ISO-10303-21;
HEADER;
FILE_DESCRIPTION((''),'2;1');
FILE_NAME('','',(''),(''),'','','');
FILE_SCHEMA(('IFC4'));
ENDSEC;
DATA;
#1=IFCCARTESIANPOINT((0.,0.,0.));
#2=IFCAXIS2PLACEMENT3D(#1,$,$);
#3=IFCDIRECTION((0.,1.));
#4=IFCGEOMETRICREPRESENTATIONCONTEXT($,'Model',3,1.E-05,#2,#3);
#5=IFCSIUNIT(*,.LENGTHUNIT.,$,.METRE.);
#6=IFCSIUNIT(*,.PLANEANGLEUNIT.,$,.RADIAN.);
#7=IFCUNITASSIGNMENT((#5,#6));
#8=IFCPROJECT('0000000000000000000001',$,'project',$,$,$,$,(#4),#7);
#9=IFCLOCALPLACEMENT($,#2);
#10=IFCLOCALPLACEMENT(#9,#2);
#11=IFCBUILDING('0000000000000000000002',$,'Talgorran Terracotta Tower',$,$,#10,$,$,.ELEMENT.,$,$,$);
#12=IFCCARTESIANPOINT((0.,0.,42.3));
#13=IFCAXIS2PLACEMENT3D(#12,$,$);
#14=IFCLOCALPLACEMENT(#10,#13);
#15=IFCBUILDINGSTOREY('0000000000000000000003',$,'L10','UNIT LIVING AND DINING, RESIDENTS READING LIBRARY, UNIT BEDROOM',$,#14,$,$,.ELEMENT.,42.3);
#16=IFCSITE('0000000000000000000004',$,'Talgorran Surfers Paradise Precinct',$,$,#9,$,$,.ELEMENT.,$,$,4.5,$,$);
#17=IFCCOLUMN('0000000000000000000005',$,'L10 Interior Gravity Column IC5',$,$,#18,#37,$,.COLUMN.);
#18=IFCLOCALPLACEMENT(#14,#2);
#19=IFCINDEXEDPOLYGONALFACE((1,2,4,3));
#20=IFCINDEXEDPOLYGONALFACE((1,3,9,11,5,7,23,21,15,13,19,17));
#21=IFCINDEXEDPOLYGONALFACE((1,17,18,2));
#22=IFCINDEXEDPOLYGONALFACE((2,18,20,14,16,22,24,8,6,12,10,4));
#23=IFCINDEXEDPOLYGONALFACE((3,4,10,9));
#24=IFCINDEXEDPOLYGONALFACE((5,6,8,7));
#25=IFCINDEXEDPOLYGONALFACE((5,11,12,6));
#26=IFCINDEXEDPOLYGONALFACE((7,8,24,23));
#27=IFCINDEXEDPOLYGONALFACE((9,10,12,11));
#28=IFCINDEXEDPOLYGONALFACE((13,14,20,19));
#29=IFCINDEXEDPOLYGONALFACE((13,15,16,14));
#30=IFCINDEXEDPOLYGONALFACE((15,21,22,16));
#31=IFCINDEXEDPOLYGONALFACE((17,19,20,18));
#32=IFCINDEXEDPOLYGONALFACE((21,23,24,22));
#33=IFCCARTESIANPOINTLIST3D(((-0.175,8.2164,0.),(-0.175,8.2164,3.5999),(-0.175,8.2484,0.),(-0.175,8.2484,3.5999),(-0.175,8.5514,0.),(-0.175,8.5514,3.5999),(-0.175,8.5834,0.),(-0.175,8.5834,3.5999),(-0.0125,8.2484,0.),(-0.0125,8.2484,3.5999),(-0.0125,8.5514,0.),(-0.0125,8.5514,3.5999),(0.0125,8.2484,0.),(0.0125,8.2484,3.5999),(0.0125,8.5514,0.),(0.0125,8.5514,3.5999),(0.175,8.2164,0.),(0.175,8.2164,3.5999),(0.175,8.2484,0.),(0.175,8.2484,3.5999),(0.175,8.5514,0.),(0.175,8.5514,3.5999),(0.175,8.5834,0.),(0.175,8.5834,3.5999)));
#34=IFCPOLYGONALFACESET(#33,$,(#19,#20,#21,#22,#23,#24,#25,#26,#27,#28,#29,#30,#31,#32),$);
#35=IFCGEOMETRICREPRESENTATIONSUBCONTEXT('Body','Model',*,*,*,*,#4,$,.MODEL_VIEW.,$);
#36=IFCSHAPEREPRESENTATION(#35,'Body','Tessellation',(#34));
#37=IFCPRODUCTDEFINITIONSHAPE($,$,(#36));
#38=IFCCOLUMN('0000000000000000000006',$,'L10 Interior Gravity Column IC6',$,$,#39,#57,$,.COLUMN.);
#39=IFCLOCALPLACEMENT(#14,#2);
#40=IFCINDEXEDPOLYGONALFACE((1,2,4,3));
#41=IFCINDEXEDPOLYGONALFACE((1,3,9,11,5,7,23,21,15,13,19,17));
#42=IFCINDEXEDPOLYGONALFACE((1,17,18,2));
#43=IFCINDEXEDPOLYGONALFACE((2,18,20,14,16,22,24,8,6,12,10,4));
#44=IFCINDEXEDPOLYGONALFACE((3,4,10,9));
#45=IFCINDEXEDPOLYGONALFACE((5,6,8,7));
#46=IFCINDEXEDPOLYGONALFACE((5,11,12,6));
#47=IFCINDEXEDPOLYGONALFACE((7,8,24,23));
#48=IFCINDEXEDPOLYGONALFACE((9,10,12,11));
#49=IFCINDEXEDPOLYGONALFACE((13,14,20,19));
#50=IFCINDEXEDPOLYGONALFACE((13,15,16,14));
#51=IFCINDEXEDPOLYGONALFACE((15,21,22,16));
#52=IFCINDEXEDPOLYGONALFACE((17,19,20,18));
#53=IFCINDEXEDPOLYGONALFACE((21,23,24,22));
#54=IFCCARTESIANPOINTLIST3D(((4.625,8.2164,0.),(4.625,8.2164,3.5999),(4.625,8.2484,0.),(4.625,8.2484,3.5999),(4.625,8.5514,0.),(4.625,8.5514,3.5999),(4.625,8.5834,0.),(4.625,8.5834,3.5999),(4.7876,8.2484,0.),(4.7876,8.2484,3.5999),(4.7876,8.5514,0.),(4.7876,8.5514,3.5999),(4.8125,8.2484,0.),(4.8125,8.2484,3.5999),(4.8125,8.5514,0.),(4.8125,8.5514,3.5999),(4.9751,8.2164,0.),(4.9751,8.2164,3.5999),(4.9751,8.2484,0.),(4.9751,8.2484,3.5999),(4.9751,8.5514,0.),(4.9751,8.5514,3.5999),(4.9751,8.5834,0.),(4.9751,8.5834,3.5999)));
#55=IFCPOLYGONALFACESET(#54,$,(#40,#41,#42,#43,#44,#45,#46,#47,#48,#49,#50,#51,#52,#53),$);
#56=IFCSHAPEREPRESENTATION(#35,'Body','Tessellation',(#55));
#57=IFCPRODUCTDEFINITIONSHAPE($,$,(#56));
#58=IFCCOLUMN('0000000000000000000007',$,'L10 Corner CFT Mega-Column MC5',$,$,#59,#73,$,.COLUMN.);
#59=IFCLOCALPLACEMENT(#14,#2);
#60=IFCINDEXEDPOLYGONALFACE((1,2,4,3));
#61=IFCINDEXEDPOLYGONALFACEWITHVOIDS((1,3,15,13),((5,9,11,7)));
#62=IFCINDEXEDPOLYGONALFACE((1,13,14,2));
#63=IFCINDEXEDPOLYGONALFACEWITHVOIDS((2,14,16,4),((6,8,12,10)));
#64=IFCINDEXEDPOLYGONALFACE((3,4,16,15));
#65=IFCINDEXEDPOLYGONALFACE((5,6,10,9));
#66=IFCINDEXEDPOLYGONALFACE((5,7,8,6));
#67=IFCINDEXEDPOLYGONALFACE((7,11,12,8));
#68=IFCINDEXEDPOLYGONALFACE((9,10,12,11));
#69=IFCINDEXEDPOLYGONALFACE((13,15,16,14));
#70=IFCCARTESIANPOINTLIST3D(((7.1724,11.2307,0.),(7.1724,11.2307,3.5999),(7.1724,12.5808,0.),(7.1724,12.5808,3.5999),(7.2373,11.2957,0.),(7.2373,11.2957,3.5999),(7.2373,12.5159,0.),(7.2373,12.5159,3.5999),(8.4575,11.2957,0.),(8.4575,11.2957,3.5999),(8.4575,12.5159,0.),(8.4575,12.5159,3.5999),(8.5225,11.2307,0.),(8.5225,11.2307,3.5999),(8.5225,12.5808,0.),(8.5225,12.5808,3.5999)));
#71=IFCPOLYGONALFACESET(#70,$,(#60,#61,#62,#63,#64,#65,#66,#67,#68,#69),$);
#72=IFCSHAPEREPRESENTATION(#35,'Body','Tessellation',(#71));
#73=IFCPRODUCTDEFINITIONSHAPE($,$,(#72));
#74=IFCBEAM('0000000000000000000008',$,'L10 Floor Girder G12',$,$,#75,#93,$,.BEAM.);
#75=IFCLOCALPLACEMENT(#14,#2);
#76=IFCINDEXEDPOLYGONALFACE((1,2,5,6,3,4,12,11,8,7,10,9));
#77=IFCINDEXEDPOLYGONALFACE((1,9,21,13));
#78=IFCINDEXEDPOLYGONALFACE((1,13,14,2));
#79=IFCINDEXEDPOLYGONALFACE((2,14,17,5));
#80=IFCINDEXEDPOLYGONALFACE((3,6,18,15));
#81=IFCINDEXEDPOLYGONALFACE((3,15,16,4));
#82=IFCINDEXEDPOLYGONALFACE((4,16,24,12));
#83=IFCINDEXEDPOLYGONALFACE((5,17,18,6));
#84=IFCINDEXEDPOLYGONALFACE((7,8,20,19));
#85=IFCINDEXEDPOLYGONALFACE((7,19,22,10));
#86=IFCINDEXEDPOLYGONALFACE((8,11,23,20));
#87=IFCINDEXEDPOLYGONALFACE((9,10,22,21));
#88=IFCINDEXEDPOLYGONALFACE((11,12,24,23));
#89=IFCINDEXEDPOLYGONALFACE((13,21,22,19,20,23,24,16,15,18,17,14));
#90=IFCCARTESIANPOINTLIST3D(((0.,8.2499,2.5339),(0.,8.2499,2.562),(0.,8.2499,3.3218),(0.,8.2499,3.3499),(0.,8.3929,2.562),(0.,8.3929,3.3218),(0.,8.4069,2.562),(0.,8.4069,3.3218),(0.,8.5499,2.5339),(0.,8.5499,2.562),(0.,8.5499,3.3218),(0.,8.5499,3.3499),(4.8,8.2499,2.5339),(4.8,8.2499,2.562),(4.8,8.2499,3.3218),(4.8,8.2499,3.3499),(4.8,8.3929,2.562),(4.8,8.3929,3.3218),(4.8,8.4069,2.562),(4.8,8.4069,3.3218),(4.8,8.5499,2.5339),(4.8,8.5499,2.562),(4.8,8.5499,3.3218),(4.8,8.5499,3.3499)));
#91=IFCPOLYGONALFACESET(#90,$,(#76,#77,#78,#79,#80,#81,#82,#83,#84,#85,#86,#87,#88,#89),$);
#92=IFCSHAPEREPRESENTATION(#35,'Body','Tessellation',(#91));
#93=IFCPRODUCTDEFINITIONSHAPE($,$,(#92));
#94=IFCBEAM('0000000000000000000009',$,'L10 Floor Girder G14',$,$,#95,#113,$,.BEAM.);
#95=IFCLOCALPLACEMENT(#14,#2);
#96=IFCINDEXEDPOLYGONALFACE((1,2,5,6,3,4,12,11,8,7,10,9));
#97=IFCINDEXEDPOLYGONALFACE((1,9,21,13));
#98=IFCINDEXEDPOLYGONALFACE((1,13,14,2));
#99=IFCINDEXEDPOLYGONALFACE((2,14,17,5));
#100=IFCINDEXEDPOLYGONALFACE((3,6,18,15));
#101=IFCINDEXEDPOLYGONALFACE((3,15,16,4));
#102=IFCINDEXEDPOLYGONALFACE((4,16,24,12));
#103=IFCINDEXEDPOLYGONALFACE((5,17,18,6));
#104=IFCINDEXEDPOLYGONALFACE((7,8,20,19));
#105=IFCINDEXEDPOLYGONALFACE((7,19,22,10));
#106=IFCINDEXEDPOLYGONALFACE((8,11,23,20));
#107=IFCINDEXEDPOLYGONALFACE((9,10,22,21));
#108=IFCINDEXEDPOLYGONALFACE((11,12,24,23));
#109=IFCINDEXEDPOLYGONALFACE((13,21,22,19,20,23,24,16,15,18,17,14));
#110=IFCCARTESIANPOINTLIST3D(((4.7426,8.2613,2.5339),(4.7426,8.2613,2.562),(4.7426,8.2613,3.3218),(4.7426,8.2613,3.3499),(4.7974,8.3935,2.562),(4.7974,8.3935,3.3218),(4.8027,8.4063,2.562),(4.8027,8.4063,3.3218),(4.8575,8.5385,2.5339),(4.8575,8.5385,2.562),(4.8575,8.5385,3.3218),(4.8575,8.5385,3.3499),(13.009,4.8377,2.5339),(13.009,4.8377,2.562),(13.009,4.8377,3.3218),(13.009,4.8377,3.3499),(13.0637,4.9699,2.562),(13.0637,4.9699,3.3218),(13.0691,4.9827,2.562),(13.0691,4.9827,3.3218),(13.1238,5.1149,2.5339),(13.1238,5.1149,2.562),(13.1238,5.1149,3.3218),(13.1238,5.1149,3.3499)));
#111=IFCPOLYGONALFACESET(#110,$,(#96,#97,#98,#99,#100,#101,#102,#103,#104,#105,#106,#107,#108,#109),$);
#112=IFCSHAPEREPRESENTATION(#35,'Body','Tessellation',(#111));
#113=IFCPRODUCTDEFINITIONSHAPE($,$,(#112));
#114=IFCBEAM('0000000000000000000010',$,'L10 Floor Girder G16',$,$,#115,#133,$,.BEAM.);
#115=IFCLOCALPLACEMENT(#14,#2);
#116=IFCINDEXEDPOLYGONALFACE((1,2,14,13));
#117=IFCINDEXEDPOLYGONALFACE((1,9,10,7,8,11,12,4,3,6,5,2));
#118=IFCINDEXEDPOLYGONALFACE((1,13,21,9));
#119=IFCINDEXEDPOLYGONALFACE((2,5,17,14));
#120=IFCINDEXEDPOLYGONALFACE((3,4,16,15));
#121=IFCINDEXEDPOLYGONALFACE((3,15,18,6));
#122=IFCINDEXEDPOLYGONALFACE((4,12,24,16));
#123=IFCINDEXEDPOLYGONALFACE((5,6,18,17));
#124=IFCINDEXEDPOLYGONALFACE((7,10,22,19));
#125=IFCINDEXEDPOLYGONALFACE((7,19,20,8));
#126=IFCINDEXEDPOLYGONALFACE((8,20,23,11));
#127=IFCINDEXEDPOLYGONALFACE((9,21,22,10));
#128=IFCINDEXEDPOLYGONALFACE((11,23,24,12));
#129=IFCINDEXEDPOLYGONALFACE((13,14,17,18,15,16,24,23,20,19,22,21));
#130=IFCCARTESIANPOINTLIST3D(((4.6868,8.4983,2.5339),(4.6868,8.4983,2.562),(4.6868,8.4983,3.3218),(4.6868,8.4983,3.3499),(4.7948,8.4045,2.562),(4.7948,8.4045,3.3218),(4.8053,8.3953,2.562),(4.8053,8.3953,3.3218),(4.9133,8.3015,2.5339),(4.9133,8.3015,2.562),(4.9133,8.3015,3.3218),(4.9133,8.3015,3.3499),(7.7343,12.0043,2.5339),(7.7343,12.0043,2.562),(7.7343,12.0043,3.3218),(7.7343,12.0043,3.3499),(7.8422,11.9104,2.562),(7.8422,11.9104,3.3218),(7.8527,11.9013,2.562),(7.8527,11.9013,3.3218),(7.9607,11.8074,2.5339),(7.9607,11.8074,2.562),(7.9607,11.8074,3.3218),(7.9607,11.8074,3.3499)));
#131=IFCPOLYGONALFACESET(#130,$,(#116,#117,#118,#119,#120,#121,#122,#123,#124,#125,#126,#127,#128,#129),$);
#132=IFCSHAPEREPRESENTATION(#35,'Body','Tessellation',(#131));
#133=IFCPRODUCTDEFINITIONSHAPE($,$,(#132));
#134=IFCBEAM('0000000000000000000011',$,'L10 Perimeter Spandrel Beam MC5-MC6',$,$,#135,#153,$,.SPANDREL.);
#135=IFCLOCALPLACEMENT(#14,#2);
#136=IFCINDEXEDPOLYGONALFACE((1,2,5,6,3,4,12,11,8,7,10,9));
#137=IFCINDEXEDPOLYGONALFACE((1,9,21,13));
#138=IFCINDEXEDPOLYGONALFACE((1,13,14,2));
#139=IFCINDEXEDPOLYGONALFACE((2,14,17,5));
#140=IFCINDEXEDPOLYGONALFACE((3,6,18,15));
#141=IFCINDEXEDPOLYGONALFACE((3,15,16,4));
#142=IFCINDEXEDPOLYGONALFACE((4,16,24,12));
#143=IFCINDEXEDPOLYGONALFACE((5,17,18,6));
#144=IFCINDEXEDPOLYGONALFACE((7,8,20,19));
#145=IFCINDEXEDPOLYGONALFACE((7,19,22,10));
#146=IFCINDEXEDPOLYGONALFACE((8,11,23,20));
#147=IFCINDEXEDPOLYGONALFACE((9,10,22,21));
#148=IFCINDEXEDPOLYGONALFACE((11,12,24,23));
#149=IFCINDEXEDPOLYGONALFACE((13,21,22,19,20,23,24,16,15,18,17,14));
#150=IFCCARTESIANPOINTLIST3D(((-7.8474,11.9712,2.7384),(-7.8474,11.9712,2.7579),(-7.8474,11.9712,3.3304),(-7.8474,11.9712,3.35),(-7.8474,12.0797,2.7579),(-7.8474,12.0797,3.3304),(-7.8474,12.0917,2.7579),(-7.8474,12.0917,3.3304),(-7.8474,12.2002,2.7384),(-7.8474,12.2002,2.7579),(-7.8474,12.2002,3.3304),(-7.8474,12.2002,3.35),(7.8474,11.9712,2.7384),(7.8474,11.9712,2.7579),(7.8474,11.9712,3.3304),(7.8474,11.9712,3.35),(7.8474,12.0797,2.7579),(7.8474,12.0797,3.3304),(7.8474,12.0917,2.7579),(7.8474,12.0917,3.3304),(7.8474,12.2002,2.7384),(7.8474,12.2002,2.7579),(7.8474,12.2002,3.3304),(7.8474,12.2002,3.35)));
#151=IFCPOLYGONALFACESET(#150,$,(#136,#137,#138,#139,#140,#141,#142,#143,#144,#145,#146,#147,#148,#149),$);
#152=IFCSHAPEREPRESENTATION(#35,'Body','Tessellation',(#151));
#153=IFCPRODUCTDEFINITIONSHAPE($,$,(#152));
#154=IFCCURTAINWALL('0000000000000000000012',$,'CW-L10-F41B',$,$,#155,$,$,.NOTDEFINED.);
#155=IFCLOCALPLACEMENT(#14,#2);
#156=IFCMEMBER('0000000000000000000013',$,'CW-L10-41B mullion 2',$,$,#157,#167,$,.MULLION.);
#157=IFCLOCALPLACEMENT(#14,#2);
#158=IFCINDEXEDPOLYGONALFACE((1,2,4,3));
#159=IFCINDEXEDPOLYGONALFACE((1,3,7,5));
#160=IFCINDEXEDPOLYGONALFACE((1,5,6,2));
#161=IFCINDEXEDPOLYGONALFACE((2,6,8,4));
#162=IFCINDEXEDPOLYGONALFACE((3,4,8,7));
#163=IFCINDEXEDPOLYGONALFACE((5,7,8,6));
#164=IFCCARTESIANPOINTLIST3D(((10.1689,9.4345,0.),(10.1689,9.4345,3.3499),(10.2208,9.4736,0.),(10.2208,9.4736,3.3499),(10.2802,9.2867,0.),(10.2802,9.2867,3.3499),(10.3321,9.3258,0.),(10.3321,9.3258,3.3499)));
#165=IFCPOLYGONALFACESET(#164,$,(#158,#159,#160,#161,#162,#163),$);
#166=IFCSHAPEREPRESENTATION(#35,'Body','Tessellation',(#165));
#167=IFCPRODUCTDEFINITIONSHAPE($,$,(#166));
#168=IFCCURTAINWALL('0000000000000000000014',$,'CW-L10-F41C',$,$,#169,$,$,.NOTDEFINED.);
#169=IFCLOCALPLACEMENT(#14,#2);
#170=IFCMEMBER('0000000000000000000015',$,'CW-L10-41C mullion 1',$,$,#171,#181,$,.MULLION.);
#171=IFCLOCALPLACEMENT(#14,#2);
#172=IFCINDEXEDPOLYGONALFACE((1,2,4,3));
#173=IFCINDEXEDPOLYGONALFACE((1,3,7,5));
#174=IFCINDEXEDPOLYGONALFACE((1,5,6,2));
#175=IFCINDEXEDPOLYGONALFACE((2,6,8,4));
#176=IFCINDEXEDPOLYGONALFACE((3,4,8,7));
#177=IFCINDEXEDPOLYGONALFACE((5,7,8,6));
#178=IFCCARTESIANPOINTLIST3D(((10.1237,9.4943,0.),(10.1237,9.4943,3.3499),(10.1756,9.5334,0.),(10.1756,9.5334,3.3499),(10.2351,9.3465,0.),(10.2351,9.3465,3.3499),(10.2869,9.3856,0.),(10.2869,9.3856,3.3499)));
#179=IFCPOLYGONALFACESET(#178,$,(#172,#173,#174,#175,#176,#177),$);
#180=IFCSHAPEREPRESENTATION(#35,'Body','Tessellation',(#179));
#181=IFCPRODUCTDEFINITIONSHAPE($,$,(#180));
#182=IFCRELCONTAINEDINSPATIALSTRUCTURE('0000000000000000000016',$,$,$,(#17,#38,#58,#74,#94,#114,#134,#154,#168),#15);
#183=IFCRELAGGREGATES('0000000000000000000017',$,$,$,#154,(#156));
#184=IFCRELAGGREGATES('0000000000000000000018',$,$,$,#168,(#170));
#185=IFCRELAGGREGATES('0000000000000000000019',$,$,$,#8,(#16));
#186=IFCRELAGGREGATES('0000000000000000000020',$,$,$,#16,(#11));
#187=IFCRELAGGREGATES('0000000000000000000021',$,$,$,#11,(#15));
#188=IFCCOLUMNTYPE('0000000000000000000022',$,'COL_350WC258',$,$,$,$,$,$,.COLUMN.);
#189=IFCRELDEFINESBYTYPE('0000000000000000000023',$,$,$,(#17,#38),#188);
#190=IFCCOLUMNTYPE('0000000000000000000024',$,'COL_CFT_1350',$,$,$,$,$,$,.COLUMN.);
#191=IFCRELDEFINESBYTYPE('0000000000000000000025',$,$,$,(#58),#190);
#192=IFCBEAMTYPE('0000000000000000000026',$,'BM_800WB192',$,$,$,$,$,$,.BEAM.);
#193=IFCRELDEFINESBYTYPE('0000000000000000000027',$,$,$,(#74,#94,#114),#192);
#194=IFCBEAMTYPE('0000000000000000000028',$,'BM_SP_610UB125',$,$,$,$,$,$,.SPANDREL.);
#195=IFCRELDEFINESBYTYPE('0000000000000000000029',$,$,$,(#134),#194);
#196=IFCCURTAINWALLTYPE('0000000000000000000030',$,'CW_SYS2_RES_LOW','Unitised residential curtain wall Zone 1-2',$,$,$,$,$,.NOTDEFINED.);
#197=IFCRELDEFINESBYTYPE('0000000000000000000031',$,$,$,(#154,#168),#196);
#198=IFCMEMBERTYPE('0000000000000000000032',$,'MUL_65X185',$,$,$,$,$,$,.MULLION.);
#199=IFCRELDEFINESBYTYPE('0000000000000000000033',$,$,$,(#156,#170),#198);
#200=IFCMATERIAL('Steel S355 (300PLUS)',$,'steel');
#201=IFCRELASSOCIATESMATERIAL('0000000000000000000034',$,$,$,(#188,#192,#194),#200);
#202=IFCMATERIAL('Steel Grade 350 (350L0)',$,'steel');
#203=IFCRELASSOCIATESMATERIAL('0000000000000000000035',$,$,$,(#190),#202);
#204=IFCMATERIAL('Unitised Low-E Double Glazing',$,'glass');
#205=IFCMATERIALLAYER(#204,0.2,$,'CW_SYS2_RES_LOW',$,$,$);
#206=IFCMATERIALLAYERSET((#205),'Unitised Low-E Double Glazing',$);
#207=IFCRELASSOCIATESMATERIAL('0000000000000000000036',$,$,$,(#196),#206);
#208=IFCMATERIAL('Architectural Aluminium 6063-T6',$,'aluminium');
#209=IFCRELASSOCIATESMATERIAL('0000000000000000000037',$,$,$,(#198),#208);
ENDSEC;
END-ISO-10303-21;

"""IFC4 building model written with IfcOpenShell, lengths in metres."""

from ifc_helpers import new_model, si_unit, direction, frame, origin, origin_2d, place, context, subcontext, project, spatial, rectangle, hollow_rectangle, i_section, extrude, material, layer, layer_set, material_profile, profile_set, type_object, element, aggregate, save


model = new_model("IFC4")

# Units and contexts
model_context = context("Model", 3, precision=1e-05, world=origin(), true_north=direction((0.0, 1.0)))
body_context = subcontext(model_context, "Body", "Model", "MODEL_VIEW")
ifc_project = project(units=[si_unit("LENGTHUNIT", "METRE"), si_unit("PLANEANGLEUNIT", "RADIAN")], contexts=[model_context])

# Site, building, storey
site_placement = place(None, origin())
site = spatial("IfcSite", under=ifc_project, at=site_placement, Name="Talgorran Surfers Paradise Precinct", CompositionType="ELEMENT", RefElevation=4.5)
building_placement = place(site_placement, origin())
building = spatial("IfcBuilding", under=site, at=building_placement, Name="Talgorran Terracotta Tower", CompositionType="ELEMENT")
storey_placement = place(building_placement, frame((0.0, 0.0, 42.3)))
storey = spatial("IfcBuildingStorey", under=building, at=storey_placement, Name="L10", Description="UNIT LIVING AND DINING, RESIDENTS READING LIBRARY, UNIT BEDROOM", CompositionType="ELEMENT", Elevation=42.3)

# Columns
ifc_material_1 = material(Name="Steel S355 (300PLUS)", Category="steel")
ifc_material_profile_1 = material_profile(ifc_material_1, i_section(OverallWidth=0.3501, OverallDepth=0.3669, WebThickness=0.0249, FlangeThickness=0.032, at=origin_2d()), Name="350WC258")
ifc_profile_set_1 = profile_set([ifc_material_profile_1], Name="Steel S355 (300PLUS)")
column_type_1 = type_object("IfcColumnType", Name="COL_350WC258", PredefinedType="COLUMN", material=ifc_profile_set_1)
for number, where, z_axis, x_axis, name in (
    (1, (0.0, 8.3999, 0.0), (0.0, 0.0, 1.0), (1.0, 0.0, 0.0), "L10 Interior Gravity Column IC5"),
    (2, (4.8, 8.3999, 0.0), (0.0, 0.0, 1.0), (1.0, 0.0, 0.0), "L10 Interior Gravity Column IC6"),
):
    element("IfcColumn", number, at=place(storey_placement, frame(where, z_axis=z_axis, x_axis=x_axis)), inside=storey, type_object=column_type_1, Name=name, PredefinedType="COLUMN", context=body_context, shape_type="SweptSolid", body=[
        extrude(i_section(OverallWidth=0.3501, OverallDepth=0.3669, WebThickness=0.0249, FlangeThickness=0.032, at=origin_2d()), origin(), (0.0, 0.0, 1.0), 3.5999),
    ])
ifc_material_2 = material(Name="Steel Grade 350 (350L0)", Category="steel")
ifc_material_profile_2 = material_profile(ifc_material_2, hollow_rectangle(XDim=1.3501, YDim=1.3501, WallThickness=0.0649, at=origin_2d()), Name="CFT1350X1350X65")
ifc_profile_set_2 = profile_set([ifc_material_profile_2], Name="Steel Grade 350 (350L0)")
column_type_2 = type_object("IfcColumnType", Name="COL_CFT_1350", PredefinedType="COLUMN", material=ifc_profile_set_2)
column_placement = place(storey_placement, frame((7.8474, 11.9058, 0.0), z_axis=(0.0, 0.0, 1.0), x_axis=(1.0, 0.0, 0.0)))
element("IfcColumn", 3, at=column_placement, inside=storey, type_object=column_type_2, Name="L10 Corner CFT Mega-Column MC5", PredefinedType="COLUMN", context=body_context, shape_type="SweptSolid", body=[
    extrude(hollow_rectangle(XDim=1.3501, YDim=1.3501, WallThickness=0.0649, at=origin_2d()), origin(), (0.0, 0.0, 1.0), 3.5999),
])

# Beams
ifc_material_profile_3 = material_profile(ifc_material_1, i_section(OverallWidth=0.3, OverallDepth=0.8159, WebThickness=0.0139, FlangeThickness=0.0281, at=origin_2d()), Name="800WB192")
ifc_profile_set_3 = profile_set([ifc_material_profile_3], Name="Steel S355 (300PLUS)")
beam_type_1 = type_object("IfcBeamType", Name="BM_800WB192", PredefinedType="BEAM", material=ifc_profile_set_3)
beam_1_placement = place(storey_placement, frame((0.0, 8.3999, 2.9419), z_axis=(1.0, 0.0, 0.0), x_axis=(0.0, 1.0, 0.0)))
element("IfcBeam", 4, at=beam_1_placement, inside=storey, type_object=beam_type_1, Name="L10 Floor Girder G12", PredefinedType="BEAM", context=body_context, shape_type="SweptSolid", body=[
    extrude(i_section(OverallWidth=0.3, OverallDepth=0.8159, WebThickness=0.0139, FlangeThickness=0.0281, at=origin_2d()), origin(), (0.0, 0.0, 1.0), 4.8),
])
beam_2_placement = place(storey_placement, frame((4.8, 8.3999, 2.9419), z_axis=(0.923897, -0.38264, 0.0), x_axis=(0.38264, 0.923897, 0.0)))
element("IfcBeam", 5, at=beam_2_placement, inside=storey, type_object=beam_type_1, Name="L10 Floor Girder G14", PredefinedType="BEAM", context=body_context, shape_type="SweptSolid", body=[
    extrude(i_section(OverallWidth=0.3, OverallDepth=0.8159, WebThickness=0.0139, FlangeThickness=0.0281, at=origin_2d()), origin(), (0.0, 0.0, 1.0), 8.9473),
])
beam_3_placement = place(storey_placement, frame((4.8, 8.3999, 2.9419), z_axis=(0.65603, 0.754734, 0.0), x_axis=(-0.754734, 0.65603, 0.0)))
element("IfcBeam", 6, at=beam_3_placement, inside=storey, type_object=beam_type_1, Name="L10 Floor Girder G16", PredefinedType="BEAM", context=body_context, shape_type="SweptSolid", body=[
    extrude(i_section(OverallWidth=0.3, OverallDepth=0.8159, WebThickness=0.0139, FlangeThickness=0.0281, at=origin_2d()), origin(), (0.0, 0.0, 1.0), 4.6453),
])
ifc_material_profile_4 = material_profile(ifc_material_1, i_section(OverallWidth=0.229, OverallDepth=0.6116, WebThickness=0.012, FlangeThickness=0.0195, at=origin_2d()), Name="610UB125")
ifc_profile_set_4 = profile_set([ifc_material_profile_4], Name="Steel S355 (300PLUS)")
beam_type_2 = type_object("IfcBeamType", Name="BM_SP_610UB125", PredefinedType="SPANDREL", material=ifc_profile_set_4)
beam_4_placement = place(storey_placement, frame((7.8474, 12.0857, 3.0442), z_axis=(-1.0, 0.0, 0.0), x_axis=(0.0, -1.0, 0.0)))
element("IfcBeam", 7, at=beam_4_placement, inside=storey, type_object=beam_type_2, Name="L10 Perimeter Spandrel Beam MC5-MC6", PredefinedType="SPANDREL", context=body_context, shape_type="SweptSolid", body=[
    extrude(i_section(OverallWidth=0.229, OverallDepth=0.6116, WebThickness=0.012, FlangeThickness=0.0195, at=origin_2d()), origin(), (0.0, 0.0, 1.0), 15.6948),
])

# Curtain wall, member
ifc_material_3 = material(Name="Unitised Low-E Double Glazing", Category="glass")
ifc_layer_1 = layer(ifc_material_3, 0.2, Name="CW_SYS2_RES_LOW")
ifc_layer_set_1 = layer_set([ifc_layer_1], Name="Unitised Low-E Double Glazing")
curtain_wall_type = type_object("IfcCurtainWallType", Name="CW_SYS2_RES_LOW", Description="Unitised residential curtain wall Zone 1-2", PredefinedType="NOTDEFINED", material=ifc_layer_set_1)
curtain_wall_1_placement = place(storey_placement, origin())
curtain_wall_1 = element("IfcCurtainWall", 8, at=curtain_wall_1_placement, inside=storey, type_object=curtain_wall_type, Name="CW-L10-F41B", PredefinedType="NOTDEFINED")
ifc_material_4 = material(Name="Architectural Aluminium 6063-T6", Category="aluminium")
ifc_material_profile_5 = material_profile(ifc_material_4, rectangle(XDim=0.0649, YDim=0.1851, at=origin_2d()), Name="CWM65X185")
ifc_profile_set_5 = profile_set([ifc_material_profile_5], Name="Architectural Aluminium 6063-T6")
member_type_1 = type_object("IfcMemberType", Name="MUL_65X185", PredefinedType="MULLION", material=ifc_profile_set_5)
member_1_placement = place(storey_placement, frame((10.2505, 9.3801, 0.0), z_axis=(0.0, 0.0, 1.0), x_axis=(-0.798765, -0.601643, 0.0)))
member_1 = element("IfcMember", 9, at=member_1_placement, type_object=member_type_1, Name="CW-L10-41B mullion 2", PredefinedType="MULLION", context=body_context, shape_type="SweptSolid", body=[
    extrude(rectangle(XDim=0.0649, YDim=0.1851, at=origin_2d()), origin(), (0.0, 0.0, 1.0), 3.3499),
])
aggregate(curtain_wall_1, [member_1])

# Curtain wall, member
curtain_wall_2_placement = place(storey_placement, origin())
curtain_wall_2 = element("IfcCurtainWall", 10, at=curtain_wall_2_placement, inside=storey, type_object=curtain_wall_type, Name="CW-L10-F41C", PredefinedType="NOTDEFINED")
member_2_placement = place(storey_placement, frame((10.2053, 9.4399, 0.0), z_axis=(0.0, 0.0, 1.0), x_axis=(-0.798775, -0.60163, 0.0)))
member_2 = element("IfcMember", 11, at=member_2_placement, type_object=member_type_1, Name="CW-L10-41C mullion 1", PredefinedType="MULLION", context=body_context, shape_type="SweptSolid", body=[
    extrude(rectangle(XDim=0.0649, YDim=0.1851, at=origin_2d()), origin(), (0.0, 0.0, 1.0), 3.3499),
])

aggregate(curtain_wall_2, [member_2])

save(model, "model.ifc")
